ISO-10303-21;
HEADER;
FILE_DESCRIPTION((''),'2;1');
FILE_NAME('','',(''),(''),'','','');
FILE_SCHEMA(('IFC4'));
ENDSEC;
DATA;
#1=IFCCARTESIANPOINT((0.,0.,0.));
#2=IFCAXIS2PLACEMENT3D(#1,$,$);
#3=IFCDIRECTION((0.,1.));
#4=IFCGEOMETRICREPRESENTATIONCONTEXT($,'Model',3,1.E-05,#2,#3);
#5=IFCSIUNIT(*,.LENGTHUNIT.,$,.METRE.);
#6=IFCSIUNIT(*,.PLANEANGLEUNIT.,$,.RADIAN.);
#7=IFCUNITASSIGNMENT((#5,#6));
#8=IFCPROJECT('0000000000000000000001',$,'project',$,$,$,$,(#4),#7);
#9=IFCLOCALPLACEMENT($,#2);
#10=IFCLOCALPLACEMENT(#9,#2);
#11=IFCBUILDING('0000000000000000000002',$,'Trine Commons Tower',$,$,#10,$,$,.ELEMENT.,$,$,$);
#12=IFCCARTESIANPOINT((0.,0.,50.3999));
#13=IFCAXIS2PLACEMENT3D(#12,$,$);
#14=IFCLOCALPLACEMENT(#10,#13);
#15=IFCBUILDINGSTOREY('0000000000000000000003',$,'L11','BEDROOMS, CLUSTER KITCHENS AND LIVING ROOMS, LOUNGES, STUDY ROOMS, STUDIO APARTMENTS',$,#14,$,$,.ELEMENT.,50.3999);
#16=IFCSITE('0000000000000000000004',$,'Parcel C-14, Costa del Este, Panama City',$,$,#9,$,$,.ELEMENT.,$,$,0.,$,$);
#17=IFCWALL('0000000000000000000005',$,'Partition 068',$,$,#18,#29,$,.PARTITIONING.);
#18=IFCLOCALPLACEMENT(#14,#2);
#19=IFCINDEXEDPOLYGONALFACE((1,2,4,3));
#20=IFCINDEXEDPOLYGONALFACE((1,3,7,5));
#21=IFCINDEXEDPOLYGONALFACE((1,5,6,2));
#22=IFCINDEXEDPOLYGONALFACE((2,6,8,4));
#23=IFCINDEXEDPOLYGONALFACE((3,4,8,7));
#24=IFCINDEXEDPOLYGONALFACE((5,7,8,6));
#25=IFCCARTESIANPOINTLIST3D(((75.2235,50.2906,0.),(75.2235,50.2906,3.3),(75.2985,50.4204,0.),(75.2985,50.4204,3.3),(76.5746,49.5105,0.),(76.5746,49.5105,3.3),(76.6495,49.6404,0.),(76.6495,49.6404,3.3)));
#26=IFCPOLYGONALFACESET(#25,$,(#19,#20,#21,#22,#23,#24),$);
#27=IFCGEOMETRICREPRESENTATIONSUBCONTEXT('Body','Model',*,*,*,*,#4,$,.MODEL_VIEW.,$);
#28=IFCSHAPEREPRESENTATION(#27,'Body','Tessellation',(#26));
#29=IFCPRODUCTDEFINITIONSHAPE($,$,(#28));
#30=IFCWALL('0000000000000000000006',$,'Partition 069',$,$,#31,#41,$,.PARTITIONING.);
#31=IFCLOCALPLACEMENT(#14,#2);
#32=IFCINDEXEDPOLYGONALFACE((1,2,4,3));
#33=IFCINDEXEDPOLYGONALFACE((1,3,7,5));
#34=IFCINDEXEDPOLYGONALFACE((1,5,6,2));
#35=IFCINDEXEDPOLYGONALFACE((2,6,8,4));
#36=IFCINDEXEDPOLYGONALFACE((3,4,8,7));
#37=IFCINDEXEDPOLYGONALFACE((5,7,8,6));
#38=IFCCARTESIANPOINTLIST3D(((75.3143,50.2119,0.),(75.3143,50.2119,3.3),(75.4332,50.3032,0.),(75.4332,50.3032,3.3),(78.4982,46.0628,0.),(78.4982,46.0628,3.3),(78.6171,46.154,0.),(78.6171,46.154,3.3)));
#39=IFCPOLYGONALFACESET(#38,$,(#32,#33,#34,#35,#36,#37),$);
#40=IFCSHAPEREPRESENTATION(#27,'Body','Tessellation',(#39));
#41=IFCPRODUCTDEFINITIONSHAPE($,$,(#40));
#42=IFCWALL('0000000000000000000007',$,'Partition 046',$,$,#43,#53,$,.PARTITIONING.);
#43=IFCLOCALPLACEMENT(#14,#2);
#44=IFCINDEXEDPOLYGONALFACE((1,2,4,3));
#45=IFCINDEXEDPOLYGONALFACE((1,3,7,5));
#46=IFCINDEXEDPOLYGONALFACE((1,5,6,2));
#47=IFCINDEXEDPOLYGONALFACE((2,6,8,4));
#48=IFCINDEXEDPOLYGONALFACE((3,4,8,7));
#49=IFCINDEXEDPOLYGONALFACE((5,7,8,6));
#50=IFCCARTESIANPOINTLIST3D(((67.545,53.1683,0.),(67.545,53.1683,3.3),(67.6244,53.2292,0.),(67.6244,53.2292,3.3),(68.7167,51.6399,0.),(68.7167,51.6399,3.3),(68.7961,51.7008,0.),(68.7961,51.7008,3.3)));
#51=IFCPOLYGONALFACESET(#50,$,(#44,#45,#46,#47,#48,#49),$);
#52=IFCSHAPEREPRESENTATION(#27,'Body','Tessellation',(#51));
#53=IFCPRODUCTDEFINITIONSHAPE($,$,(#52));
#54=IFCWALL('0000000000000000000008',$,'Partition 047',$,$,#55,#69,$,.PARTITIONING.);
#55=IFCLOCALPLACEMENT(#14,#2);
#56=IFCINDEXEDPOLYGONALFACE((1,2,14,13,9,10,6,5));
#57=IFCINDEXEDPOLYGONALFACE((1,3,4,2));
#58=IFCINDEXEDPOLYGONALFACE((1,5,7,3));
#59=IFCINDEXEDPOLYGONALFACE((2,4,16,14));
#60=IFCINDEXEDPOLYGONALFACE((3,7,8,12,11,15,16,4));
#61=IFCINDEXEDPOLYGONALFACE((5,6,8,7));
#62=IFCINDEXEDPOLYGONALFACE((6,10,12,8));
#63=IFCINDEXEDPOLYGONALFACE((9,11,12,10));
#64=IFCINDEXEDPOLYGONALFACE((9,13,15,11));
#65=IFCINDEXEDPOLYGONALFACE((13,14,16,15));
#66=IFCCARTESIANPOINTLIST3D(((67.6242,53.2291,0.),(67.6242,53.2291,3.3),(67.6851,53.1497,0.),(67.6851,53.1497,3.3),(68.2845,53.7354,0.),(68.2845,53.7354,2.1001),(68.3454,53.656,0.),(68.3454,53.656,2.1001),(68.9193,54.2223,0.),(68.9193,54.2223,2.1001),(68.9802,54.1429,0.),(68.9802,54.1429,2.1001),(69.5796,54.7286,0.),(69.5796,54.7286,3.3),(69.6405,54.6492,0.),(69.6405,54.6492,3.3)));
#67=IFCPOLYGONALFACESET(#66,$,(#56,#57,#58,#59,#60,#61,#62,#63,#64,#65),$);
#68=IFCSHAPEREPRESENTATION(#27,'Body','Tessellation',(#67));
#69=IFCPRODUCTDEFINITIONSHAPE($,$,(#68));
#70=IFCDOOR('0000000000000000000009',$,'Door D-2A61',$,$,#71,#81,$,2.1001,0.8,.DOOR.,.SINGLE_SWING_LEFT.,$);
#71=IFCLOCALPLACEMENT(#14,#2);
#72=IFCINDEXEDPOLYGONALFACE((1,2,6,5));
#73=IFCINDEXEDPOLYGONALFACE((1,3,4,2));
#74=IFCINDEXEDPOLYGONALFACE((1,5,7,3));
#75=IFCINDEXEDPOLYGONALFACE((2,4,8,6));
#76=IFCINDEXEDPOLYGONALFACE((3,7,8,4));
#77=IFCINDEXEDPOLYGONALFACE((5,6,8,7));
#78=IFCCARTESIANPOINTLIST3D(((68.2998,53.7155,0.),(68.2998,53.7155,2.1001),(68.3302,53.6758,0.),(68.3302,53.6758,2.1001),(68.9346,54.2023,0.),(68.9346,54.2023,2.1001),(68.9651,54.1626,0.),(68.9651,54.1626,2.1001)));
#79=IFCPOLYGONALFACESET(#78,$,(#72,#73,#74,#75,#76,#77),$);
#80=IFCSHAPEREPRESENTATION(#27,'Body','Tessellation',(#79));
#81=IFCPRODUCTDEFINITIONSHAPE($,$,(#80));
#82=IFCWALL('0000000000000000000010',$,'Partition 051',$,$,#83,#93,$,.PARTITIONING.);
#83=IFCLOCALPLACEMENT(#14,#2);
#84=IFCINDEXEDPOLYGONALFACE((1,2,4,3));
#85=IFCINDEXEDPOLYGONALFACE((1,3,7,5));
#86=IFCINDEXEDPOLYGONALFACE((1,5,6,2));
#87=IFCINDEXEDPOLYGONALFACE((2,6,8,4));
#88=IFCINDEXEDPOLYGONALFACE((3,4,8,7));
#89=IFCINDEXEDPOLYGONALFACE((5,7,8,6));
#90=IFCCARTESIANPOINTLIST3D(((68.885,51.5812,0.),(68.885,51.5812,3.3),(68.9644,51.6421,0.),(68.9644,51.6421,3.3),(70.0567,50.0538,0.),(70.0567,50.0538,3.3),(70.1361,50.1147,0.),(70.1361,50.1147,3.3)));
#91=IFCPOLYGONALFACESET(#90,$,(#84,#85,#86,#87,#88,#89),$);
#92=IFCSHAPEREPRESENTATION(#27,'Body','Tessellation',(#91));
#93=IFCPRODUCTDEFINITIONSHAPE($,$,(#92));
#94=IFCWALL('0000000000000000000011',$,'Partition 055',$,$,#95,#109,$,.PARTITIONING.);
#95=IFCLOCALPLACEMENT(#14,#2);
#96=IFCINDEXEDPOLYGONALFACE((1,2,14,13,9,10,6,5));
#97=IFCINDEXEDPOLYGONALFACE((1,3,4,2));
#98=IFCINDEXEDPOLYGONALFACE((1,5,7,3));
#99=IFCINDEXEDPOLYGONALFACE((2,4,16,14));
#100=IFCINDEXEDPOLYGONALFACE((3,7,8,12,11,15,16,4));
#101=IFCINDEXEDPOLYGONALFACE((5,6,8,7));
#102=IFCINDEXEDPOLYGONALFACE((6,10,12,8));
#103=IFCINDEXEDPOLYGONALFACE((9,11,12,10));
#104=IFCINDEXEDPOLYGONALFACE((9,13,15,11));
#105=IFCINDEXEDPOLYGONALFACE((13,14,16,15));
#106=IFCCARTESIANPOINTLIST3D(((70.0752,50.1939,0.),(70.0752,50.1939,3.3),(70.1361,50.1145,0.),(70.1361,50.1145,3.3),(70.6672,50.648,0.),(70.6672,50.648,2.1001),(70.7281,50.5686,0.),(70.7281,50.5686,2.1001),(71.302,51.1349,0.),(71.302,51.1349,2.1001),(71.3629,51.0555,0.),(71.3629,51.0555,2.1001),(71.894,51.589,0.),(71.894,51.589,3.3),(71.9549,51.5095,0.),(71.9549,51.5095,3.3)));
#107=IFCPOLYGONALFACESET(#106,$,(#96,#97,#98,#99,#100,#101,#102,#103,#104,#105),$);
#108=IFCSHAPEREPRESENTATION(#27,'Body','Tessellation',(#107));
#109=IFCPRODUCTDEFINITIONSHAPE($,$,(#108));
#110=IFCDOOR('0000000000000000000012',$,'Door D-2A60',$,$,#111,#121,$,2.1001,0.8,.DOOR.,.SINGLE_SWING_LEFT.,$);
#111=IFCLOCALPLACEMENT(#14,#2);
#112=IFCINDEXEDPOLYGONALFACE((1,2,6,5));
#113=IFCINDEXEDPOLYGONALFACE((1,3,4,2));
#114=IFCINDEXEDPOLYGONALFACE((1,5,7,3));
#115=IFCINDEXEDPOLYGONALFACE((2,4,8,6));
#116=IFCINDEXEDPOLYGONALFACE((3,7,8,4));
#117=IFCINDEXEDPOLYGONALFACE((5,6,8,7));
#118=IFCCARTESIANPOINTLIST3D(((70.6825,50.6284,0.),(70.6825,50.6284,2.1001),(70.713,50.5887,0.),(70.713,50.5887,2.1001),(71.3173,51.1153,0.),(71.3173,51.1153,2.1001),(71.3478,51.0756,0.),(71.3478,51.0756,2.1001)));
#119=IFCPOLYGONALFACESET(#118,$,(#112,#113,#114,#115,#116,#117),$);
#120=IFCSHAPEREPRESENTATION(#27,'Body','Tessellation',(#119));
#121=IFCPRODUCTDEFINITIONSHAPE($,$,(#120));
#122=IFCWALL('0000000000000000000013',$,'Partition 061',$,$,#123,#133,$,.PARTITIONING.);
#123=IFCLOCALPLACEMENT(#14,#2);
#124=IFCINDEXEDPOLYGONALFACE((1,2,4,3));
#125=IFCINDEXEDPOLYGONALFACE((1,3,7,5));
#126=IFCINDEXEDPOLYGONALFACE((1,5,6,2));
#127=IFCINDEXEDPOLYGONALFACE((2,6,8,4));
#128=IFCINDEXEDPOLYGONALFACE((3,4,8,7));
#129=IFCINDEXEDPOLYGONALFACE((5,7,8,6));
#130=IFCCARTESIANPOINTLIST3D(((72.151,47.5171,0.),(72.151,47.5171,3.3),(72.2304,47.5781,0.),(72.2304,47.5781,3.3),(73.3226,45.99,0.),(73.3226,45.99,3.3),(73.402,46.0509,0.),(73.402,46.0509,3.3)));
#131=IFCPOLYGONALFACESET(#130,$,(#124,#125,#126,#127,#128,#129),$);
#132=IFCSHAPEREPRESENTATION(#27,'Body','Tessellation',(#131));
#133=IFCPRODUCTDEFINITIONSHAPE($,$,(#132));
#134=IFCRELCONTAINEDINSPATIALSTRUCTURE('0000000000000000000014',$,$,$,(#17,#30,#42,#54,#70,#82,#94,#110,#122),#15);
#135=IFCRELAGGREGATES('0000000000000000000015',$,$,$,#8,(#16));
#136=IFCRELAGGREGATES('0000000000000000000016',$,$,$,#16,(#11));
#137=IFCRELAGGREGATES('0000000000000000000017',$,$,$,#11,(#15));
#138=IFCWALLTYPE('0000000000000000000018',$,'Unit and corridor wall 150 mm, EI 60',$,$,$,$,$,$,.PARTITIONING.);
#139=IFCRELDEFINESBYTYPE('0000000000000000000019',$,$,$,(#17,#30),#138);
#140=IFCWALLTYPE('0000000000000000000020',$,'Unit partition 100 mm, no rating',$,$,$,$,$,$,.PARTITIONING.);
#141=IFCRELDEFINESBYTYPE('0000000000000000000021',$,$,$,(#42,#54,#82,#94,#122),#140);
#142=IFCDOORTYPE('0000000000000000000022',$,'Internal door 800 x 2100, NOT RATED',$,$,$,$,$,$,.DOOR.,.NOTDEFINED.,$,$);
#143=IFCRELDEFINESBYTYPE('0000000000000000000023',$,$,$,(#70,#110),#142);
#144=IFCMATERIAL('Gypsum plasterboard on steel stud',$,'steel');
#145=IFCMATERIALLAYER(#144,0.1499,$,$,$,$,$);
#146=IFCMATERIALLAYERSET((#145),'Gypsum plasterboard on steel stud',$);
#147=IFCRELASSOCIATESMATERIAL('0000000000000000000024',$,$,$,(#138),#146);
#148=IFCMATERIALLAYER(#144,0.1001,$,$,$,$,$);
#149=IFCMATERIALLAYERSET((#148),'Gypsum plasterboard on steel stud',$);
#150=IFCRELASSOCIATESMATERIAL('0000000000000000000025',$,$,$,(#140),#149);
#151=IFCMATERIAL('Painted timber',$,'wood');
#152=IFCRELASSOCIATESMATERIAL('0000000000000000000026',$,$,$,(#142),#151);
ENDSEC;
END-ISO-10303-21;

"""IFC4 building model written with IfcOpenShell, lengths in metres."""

from ifc_helpers import new_model, si_unit, direction, frame, frame_2d, origin, place, context, subcontext, project, spatial, rectangle, extrude, material, layer, layer_set, type_object, element, fill, save


model = new_model("IFC4")

# Units and contexts
model_context = context("Model", 3, precision=1e-05, world=origin(), true_north=direction((0.0, 1.0)))
body_context = subcontext(model_context, "Body", "Model", "MODEL_VIEW")
ifc_project = project(units=[si_unit("LENGTHUNIT", "METRE"), si_unit("PLANEANGLEUNIT", "RADIAN")], contexts=[model_context])

# Site, building, storey
site_placement = place(None, origin())
site = spatial("IfcSite", under=ifc_project, at=site_placement, Name="Parcel C-14, Costa del Este, Panama City", CompositionType="ELEMENT", RefElevation=0.0)
building_placement = place(site_placement, origin())
building = spatial("IfcBuilding", under=site, at=building_placement, Name="Trine Commons Tower", CompositionType="ELEMENT")
storey_placement = place(building_placement, frame((0.0, 0.0, 50.3999)))
storey = spatial("IfcBuildingStorey", under=building, at=storey_placement, Name="L11", Description="BEDROOMS, CLUSTER KITCHENS AND LIVING ROOMS, LOUNGES, STUDY ROOMS, STUDIO APARTMENTS", CompositionType="ELEMENT", Elevation=50.3999)

# Shared definitions
ifc_material_1 = material(Name="Gypsum plasterboard on steel stud", Category="steel")
ifc_layer_1 = layer(ifc_material_1, 0.1499)
ifc_layer_set_1 = layer_set([ifc_layer_1], Name="Gypsum plasterboard on steel stud")
wall_type_1 = type_object("IfcWallType", Name="Unit and corridor wall 150 mm, EI 60", PredefinedType="PARTITIONING", material=ifc_layer_set_1)

# Shared definitions
ifc_material_2 = material(Name="Painted timber", Category="wood")

# Walls
wall_1_placement = place(storey_placement, frame((75.261, 50.3555, 0.0), z_axis=(0.0, 0.0, 1.0), x_axis=(0.866029, -0.499993, 0.0)))
element("IfcWall", 1, at=wall_1_placement, inside=storey, type_object=wall_type_1, Name="Partition 068", PredefinedType="PARTITIONING", context=body_context, shape_type="SweptSolid", body=[
    extrude(rectangle(XDim=1.5601, YDim=0.1499, at=frame_2d((0.78, 0.0))), origin(), (0.0, 0.0, 1.0), 3.3),
])
wall_2_placement = place(storey_placement, frame((75.3738, 50.2576, 0.0), z_axis=(0.0, 0.0, 1.0), x_axis=(0.60877, -0.793347, 0.0)))
element("IfcWall", 2, at=wall_2_placement, inside=storey, type_object=wall_type_1, Name="Partition 069", PredefinedType="PARTITIONING", context=body_context, shape_type="SweptSolid", body=[
    extrude(rectangle(XDim=5.23, YDim=0.1499, at=frame_2d((2.615, 0.0))), origin(), (0.0, 0.0, 1.0), 3.3),
])
ifc_layer_2 = layer(ifc_material_1, 0.1001)
ifc_layer_set_2 = layer_set([ifc_layer_2], Name="Gypsum plasterboard on steel stud")
wall_type_2 = type_object("IfcWallType", Name="Unit partition 100 mm, no rating", PredefinedType="PARTITIONING", material=ifc_layer_set_2)
wall_3_placement = place(storey_placement, frame((67.5847, 53.1987, 0.0), z_axis=(0.0, 0.0, 1.0), x_axis=(0.608405, -0.793627, 0.0)))
element("IfcWall", 3, at=wall_3_placement, inside=storey, type_object=wall_type_2, Name="Partition 046", PredefinedType="PARTITIONING", context=body_context, shape_type="SweptSolid", body=[
    extrude(rectangle(XDim=1.9258, YDim=0.1001, at=frame_2d((0.9629, 0.0))), origin(), (0.0, 0.0, 1.0), 3.3),
])

# Wall, opening, door
wall_4_placement = place(storey_placement, frame((67.6548, 53.1895, 0.0), z_axis=(0.0, 0.0, 1.0), x_axis=(0.793522, 0.608542, 0.0)))
wall_4 = element("IfcWall", 4, at=wall_4_placement, inside=storey, type_object=wall_type_2, Name="Partition 047", PredefinedType="PARTITIONING", context=body_context, shape_type="SweptSolid", body=[
    extrude(rectangle(XDim=2.4641, YDim=0.1001, at=frame_2d((1.2319, 0.0))), origin(), (0.0, 0.0, 1.0), 3.3),
])
opening_1_placement = place(wall_4_placement, frame((0.832, 0.0, 0.0)))
opening_1 = element("IfcOpeningElement", 5, at=opening_1_placement, cuts=wall_4, PredefinedType="OPENING", context=body_context, shape_type="SweptSolid", body=[
    extrude(rectangle(XDim=0.8, YDim=2.1001, at=frame_2d((0.3999, 1.05))), frame((0.0, 0.0601, 0.0), z_axis=(0.0, -1.0, 0.0), x_axis=(1.0, 0.0, 0.0)), (0.0, 0.0, 1.0), 0.1201),
])
door_type_1 = type_object("IfcDoorType", Name="Internal door 800 x 2100, NOT RATED", OperationType="NOTDEFINED", PredefinedType="DOOR", material=ifc_material_2)
door_1_placement = place(opening_1_placement, origin())
door_1 = element("IfcDoor", 6, at=door_1_placement, inside=storey, type_object=door_type_1, Name="Door D-2A61", OperationType="SINGLE_SWING_LEFT", OverallHeight=2.1001, OverallWidth=0.8, PredefinedType="DOOR", context=body_context, shape_type="SweptSolid", body=[
    extrude(rectangle(XDim=0.8, YDim=2.1001, at=frame_2d((0.3999, 1.05))), frame((0.0, 0.0249, 0.0), z_axis=(0.0, -1.0, 0.0), x_axis=(1.0, 0.0, 0.0)), (0.0, 0.0, 1.0), 0.05),
])
fill(opening_1, door_1)

# Wall
wall_5_placement = place(storey_placement, frame((68.9248, 51.6116, 0.0), z_axis=(0.0, 0.0, 1.0), x_axis=(0.60865, -0.793439, 0.0)))
element("IfcWall", 7, at=wall_5_placement, inside=storey, type_object=wall_type_2, Name="Partition 051", PredefinedType="PARTITIONING", context=body_context, shape_type="SweptSolid", body=[
    extrude(rectangle(XDim=1.925, YDim=0.1001, at=frame_2d((0.9624, 0.0))), origin(), (0.0, 0.0, 1.0), 3.3),
])

# Wall, opening, door
wall_6_placement = place(storey_placement, frame((70.1057, 50.1543, 0.0), z_axis=(0.0, 0.0, 1.0), x_axis=(0.793486, 0.608588, 0.0)))
wall_6 = element("IfcWall", 8, at=wall_6_placement, inside=storey, type_object=wall_type_2, Name="Partition 055", PredefinedType="PARTITIONING", context=body_context, shape_type="SweptSolid", body=[
    extrude(rectangle(XDim=2.2922, YDim=0.1001, at=frame_2d((1.146, 0.0))), origin(), (0.0, 0.0, 1.0), 3.3),
])
opening_2_placement = place(wall_6_placement, frame((0.7461, 0.0, 0.0)))
opening_2 = element("IfcOpeningElement", 9, at=opening_2_placement, cuts=wall_6, PredefinedType="OPENING", context=body_context, shape_type="SweptSolid", body=[
    extrude(rectangle(XDim=0.8, YDim=2.1001, at=frame_2d((0.3999, 1.05))), frame((0.0, 0.0601, 0.0), z_axis=(0.0, -1.0, 0.0), x_axis=(1.0, 0.0, 0.0)), (0.0, 0.0, 1.0), 0.1201),
])
door_2_placement = place(opening_2_placement, frame((0.8, 0.0, 0.0), z_axis=(0.0, 0.0, 1.0), x_axis=(-1.0, 0.0, 0.0)))
door_2 = element("IfcDoor", 10, at=door_2_placement, inside=storey, type_object=door_type_1, Name="Door D-2A60", OperationType="SINGLE_SWING_LEFT", OverallHeight=2.1001, OverallWidth=0.8, PredefinedType="DOOR", context=body_context, shape_type="SweptSolid", body=[
    extrude(rectangle(XDim=0.8, YDim=2.1001, at=frame_2d((0.3999, 1.05))), frame((0.0, 0.0249, 0.0), z_axis=(0.0, -1.0, 0.0), x_axis=(1.0, 0.0, 0.0)), (0.0, 0.0, 1.0), 0.05),
])
fill(opening_2, door_2)

# Wall
wall_7_placement = place(storey_placement, frame((72.1907, 47.5476, 0.0), z_axis=(0.0, 0.0, 1.0), x_axis=(0.608711, -0.793392, 0.0)))
element("IfcWall", 11, at=wall_7_placement, inside=storey, type_object=wall_type_2, Name="Partition 061", PredefinedType="PARTITIONING", context=body_context, shape_type="SweptSolid", body=[
    extrude(rectangle(XDim=1.9248, YDim=0.1001, at=frame_2d((0.9624, 0.0))), origin(), (0.0, 0.0, 1.0), 3.3),
])

save(model, "model.ifc")
